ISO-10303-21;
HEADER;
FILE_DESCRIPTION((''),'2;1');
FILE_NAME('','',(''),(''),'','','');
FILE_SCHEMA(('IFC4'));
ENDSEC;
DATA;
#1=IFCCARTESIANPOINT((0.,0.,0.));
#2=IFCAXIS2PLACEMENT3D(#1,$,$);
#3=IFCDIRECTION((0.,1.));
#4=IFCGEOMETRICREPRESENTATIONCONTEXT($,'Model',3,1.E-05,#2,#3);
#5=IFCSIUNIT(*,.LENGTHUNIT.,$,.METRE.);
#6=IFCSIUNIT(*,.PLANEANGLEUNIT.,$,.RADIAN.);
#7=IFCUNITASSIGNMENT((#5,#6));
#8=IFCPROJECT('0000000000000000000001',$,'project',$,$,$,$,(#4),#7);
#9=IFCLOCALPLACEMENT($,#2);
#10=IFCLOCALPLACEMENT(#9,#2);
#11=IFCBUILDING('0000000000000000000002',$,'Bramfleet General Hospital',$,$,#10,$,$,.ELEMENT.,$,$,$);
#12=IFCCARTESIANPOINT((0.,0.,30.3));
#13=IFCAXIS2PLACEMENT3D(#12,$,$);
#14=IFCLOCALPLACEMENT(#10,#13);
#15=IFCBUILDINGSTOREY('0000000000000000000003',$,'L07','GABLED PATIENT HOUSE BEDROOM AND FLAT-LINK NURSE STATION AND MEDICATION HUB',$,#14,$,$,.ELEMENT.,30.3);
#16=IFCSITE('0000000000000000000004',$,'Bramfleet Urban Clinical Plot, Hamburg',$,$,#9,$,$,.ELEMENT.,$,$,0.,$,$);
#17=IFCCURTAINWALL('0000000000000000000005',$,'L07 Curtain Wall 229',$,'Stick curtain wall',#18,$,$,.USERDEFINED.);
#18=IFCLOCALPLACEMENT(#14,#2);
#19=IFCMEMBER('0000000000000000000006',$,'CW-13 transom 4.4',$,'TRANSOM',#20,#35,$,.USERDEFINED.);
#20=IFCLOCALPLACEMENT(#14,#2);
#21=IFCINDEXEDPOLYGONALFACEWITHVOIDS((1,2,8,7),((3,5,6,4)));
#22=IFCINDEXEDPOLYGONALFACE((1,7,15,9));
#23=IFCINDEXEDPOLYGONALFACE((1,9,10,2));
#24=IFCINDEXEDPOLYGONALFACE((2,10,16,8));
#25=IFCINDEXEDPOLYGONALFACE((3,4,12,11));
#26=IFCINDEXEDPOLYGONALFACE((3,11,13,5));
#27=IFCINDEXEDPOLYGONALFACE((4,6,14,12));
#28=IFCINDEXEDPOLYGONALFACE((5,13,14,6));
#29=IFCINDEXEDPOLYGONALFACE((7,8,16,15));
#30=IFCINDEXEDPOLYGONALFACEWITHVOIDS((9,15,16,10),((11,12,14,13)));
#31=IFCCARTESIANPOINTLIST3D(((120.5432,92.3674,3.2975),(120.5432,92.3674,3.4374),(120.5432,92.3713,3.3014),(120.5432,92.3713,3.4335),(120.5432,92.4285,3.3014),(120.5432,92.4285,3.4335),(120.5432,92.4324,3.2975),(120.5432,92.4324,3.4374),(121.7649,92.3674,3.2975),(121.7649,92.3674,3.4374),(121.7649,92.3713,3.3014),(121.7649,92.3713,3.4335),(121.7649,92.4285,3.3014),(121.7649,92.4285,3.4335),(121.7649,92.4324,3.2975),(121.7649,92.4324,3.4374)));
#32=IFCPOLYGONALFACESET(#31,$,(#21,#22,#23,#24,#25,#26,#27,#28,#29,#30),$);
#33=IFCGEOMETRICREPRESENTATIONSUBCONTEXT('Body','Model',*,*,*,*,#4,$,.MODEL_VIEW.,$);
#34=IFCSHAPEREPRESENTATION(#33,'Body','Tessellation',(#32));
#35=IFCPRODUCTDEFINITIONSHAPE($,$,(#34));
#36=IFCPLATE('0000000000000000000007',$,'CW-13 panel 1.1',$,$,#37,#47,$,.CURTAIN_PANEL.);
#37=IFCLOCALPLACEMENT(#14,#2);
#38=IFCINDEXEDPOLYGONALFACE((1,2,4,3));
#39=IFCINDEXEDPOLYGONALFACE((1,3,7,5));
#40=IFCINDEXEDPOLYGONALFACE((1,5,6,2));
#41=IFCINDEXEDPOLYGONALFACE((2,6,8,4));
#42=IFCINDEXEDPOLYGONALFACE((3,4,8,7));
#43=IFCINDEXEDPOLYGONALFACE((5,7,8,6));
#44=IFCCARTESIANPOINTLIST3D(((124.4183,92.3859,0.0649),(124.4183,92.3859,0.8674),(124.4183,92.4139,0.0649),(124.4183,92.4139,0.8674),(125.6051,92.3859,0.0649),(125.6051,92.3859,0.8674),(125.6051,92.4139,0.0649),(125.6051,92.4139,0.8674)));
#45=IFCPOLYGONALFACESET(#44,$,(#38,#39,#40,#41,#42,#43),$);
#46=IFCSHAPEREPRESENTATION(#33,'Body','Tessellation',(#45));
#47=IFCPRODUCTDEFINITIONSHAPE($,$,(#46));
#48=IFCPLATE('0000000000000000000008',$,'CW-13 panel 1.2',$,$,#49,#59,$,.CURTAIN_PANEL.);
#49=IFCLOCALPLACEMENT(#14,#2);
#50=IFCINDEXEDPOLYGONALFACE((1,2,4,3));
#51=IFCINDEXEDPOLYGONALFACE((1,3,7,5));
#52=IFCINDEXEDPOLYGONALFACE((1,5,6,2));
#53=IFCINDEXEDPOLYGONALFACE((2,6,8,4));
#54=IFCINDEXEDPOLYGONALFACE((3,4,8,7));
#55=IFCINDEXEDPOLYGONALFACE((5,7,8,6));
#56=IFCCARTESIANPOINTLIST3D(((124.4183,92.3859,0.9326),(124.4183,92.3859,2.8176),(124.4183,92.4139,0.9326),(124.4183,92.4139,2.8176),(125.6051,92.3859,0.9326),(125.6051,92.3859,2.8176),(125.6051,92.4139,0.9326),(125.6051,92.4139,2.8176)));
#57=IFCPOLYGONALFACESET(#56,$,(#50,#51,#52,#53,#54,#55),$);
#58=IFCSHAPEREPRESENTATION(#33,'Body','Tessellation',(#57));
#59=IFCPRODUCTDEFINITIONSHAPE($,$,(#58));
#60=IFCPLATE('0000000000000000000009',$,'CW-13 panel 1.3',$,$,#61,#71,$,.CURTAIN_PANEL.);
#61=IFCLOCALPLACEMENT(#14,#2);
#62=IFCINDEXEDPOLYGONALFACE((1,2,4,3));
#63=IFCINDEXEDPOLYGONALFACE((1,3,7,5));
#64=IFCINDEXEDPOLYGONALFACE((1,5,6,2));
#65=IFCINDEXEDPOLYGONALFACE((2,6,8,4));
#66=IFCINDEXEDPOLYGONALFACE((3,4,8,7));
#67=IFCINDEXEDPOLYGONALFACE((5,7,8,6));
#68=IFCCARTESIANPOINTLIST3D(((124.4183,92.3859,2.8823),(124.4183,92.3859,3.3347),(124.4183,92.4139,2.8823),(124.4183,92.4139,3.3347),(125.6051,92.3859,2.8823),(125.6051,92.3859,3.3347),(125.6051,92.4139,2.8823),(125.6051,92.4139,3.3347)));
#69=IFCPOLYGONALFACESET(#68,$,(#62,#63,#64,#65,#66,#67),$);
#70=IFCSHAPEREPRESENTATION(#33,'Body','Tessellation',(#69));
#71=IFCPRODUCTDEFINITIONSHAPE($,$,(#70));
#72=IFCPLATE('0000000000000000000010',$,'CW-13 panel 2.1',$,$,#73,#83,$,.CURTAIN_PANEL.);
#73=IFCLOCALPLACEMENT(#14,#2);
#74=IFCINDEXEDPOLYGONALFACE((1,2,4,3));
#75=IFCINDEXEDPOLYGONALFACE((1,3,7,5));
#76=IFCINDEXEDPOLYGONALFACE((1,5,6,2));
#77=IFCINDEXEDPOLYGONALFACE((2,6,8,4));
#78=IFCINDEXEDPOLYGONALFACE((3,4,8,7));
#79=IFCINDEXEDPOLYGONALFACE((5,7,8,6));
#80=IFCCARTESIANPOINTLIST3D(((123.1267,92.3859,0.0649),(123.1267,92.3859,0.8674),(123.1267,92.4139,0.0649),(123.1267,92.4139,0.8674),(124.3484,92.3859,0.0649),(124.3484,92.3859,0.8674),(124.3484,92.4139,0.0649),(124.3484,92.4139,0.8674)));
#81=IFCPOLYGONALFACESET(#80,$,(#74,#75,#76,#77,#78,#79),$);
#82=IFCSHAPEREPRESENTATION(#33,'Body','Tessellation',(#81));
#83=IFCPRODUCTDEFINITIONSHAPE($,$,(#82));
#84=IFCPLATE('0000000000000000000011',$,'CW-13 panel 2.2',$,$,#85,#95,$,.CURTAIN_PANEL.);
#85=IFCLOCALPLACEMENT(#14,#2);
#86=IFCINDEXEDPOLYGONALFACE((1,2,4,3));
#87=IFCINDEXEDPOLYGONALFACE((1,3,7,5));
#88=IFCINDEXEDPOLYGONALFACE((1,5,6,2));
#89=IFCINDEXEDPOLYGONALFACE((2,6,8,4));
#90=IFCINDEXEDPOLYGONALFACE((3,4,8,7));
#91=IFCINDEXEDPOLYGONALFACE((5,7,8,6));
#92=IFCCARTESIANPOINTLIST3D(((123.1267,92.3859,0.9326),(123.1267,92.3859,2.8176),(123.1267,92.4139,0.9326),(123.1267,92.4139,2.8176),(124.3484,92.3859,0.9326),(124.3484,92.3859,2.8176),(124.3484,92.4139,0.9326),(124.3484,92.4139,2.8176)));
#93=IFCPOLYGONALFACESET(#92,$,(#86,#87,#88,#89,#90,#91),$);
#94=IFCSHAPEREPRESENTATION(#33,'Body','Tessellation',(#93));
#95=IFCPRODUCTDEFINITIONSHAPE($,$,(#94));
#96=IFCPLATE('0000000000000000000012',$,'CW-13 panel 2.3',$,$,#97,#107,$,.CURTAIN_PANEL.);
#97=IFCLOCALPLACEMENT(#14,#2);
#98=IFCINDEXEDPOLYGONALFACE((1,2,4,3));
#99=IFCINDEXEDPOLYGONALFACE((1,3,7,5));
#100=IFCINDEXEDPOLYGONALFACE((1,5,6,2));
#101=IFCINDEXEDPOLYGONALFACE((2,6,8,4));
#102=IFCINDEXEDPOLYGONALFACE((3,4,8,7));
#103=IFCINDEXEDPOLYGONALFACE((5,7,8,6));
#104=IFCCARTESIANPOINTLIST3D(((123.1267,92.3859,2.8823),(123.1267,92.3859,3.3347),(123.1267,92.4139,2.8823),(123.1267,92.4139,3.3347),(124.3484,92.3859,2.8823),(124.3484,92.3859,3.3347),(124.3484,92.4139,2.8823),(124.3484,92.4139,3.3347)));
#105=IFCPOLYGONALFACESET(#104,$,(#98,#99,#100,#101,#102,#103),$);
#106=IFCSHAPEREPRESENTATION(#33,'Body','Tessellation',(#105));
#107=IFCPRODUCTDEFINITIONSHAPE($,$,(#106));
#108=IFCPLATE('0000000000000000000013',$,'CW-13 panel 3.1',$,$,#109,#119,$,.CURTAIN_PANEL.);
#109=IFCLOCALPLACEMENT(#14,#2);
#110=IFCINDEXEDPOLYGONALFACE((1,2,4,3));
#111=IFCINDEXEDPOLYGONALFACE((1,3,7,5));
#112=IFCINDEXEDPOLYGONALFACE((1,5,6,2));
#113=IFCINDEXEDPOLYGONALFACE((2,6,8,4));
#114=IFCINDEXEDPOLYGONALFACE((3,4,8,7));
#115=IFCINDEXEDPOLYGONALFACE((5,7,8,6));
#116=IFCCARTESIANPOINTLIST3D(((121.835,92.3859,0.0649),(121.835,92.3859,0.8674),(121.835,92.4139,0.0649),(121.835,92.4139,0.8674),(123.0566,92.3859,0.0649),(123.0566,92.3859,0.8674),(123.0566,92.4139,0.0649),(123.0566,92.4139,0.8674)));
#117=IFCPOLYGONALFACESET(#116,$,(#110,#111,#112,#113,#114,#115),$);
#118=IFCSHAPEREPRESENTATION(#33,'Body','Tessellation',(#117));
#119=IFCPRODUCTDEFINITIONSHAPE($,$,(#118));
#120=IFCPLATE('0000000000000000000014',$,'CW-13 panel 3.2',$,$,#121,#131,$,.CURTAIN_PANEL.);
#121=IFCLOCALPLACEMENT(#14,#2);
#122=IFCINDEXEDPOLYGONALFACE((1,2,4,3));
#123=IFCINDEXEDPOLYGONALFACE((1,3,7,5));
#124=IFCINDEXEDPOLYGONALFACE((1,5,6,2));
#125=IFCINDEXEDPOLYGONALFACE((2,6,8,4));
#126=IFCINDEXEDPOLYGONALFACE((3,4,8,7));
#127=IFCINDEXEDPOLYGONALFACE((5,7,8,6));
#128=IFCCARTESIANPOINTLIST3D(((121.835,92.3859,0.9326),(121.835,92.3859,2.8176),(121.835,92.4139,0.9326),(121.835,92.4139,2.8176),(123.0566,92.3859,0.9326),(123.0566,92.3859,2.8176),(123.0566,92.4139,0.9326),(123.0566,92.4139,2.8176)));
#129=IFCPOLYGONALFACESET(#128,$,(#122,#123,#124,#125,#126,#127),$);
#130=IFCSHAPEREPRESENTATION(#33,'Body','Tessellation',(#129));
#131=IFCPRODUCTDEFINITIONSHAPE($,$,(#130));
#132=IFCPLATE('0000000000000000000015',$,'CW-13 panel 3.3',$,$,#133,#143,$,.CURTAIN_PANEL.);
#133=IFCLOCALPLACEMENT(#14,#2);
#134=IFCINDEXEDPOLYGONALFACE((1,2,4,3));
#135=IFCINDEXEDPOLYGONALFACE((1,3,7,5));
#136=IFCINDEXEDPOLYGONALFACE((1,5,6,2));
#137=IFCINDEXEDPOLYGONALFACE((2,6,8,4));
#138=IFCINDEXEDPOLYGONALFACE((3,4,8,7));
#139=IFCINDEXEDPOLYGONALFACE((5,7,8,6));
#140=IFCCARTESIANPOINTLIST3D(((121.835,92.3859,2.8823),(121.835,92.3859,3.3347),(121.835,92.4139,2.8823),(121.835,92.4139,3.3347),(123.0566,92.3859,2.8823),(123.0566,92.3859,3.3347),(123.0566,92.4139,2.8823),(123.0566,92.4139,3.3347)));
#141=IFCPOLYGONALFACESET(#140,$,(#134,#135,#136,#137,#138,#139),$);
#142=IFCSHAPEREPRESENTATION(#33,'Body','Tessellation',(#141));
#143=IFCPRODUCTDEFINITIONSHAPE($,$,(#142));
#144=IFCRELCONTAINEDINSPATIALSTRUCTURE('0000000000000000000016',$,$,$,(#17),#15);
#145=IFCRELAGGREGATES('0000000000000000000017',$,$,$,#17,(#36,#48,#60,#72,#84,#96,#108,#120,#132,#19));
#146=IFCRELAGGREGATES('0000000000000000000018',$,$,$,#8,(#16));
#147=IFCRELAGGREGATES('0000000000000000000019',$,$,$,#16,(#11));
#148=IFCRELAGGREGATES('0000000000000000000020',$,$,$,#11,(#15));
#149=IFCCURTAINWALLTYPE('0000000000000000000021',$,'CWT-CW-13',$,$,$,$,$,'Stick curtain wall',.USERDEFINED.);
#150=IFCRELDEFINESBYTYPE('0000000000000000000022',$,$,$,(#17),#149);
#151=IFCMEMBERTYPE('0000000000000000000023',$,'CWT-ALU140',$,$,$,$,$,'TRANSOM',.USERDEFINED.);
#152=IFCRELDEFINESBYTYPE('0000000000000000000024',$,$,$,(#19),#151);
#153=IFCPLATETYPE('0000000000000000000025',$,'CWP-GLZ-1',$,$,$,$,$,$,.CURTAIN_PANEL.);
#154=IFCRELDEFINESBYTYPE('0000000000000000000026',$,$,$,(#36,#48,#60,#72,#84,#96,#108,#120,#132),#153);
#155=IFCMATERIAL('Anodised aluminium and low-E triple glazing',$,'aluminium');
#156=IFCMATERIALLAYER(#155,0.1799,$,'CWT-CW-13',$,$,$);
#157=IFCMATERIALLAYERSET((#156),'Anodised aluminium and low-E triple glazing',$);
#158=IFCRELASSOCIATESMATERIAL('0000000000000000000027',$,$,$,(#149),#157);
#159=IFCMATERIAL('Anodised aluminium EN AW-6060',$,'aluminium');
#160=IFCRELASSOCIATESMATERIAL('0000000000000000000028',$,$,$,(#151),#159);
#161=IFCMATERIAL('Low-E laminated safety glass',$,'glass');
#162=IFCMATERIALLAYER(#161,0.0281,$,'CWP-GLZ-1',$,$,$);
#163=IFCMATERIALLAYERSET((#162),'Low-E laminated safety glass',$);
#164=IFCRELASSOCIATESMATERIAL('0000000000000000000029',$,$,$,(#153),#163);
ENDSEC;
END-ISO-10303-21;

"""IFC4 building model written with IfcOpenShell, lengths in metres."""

from ifc_helpers import new_model, si_unit, direction, frame, origin, origin_2d, place, context, subcontext, project, spatial, rectangle, hollow_rectangle, extrude, material, layer, layer_set, material_profile, profile_set, type_object, element, aggregate, save


model = new_model("IFC4")

# Units and contexts
model_context = context("Model", 3, precision=1e-05, world=origin(), true_north=direction((0.0, 1.0)))
body_context = subcontext(model_context, "Body", "Model", "MODEL_VIEW")
ifc_project = project(units=[si_unit("LENGTHUNIT", "METRE"), si_unit("PLANEANGLEUNIT", "RADIAN")], contexts=[model_context])

# Site, building, storey
site_placement = place(None, origin())
site = spatial("IfcSite", under=ifc_project, at=site_placement, Name="Bramfleet Urban Clinical Plot, Hamburg", CompositionType="ELEMENT", RefElevation=0.0)
building_placement = place(site_placement, origin())
building = spatial("IfcBuilding", under=site, at=building_placement, Name="Bramfleet General Hospital", CompositionType="ELEMENT")
storey_placement = place(building_placement, frame((0.0, 0.0, 30.3)))
storey = spatial("IfcBuildingStorey", under=building, at=storey_placement, Name="L07", Description="GABLED PATIENT HOUSE BEDROOM AND FLAT-LINK NURSE STATION AND MEDICATION HUB", CompositionType="ELEMENT", Elevation=30.3)

# Curtain wall, member, plates
ifc_material_1 = material(Name="Anodised aluminium and low-E triple glazing", Category="aluminium")
ifc_layer_1 = layer(ifc_material_1, 0.1799, Name="CWT-CW-13")
ifc_layer_set_1 = layer_set([ifc_layer_1], Name="Anodised aluminium and low-E triple glazing")
curtain_wall_type = type_object("IfcCurtainWallType", Name="CWT-CW-13", ElementType="Stick curtain wall", PredefinedType="USERDEFINED", material=ifc_layer_set_1)
curtain_wall_placement = place(storey_placement, origin())
curtain_wall = element("IfcCurtainWall", 1, at=curtain_wall_placement, inside=storey, type_object=curtain_wall_type, Name="L07 Curtain Wall 229", ObjectType="Stick curtain wall", PredefinedType="USERDEFINED")
ifc_material_2 = material(Name="Anodised aluminium EN AW-6060", Category="aluminium")
ifc_material_profile_1 = material_profile(ifc_material_2, hollow_rectangle(XDim=0.0649, YDim=0.1399, WallThickness=0.0039, at=origin_2d()), Name="ALU 140x65x4.0")
ifc_profile_set_1 = profile_set([ifc_material_profile_1], Name="Anodised aluminium EN AW-6060")
member_type_1 = type_object("IfcMemberType", Name="CWT-ALU140", ElementType="TRANSOM", PredefinedType="USERDEFINED", material=ifc_profile_set_1)
member_1_placement = place(storey_placement, frame((121.7649, 92.3999, 3.3674), z_axis=(-1.0, 0.0, 0.0), x_axis=(0.0, -1.0, 0.0)))
member_1 = element("IfcMember", 2, at=member_1_placement, type_object=member_type_1, Name="CW-13 transom 4.4", ObjectType="TRANSOM", PredefinedType="USERDEFINED", context=body_context, shape_type="SweptSolid", body=[
    extrude(hollow_rectangle(XDim=0.0649, YDim=0.1399, WallThickness=0.0039, at=origin_2d()), origin(), (0.0, 0.0, 1.0), 1.2217),
])
ifc_material_3 = material(Name="Low-E laminated safety glass", Category="glass")
ifc_layer_2 = layer(ifc_material_3, 0.0281, Name="CWP-GLZ-1")
ifc_layer_set_2 = layer_set([ifc_layer_2], Name="Low-E laminated safety glass")
plate_type = type_object("IfcPlateType", Name="CWP-GLZ-1", PredefinedType="CURTAIN_PANEL", material=ifc_layer_set_2)
plate_1_placement = place(storey_placement, frame((125.0117, 92.3999, 0.0649), z_axis=(0.0, 0.0, 1.0), x_axis=(-1.0, 0.0, 0.0)))
plate_1 = element("IfcPlate", 3, at=plate_1_placement, type_object=plate_type, Name="CW-13 panel 1.1", PredefinedType="CURTAIN_PANEL", context=body_context, shape_type="SweptSolid", body=[
    extrude(rectangle(XDim=1.1868, YDim=0.0281, at=origin_2d()), origin(), (0.0, 0.0, 1.0), 0.8025),
])
plate_2_placement = place(storey_placement, frame((125.0117, 92.3999, 0.9326), z_axis=(0.0, 0.0, 1.0), x_axis=(-1.0, 0.0, 0.0)))
plate_2 = element("IfcPlate", 4, at=plate_2_placement, type_object=plate_type, Name="CW-13 panel 1.2", PredefinedType="CURTAIN_PANEL", context=body_context, shape_type="SweptSolid", body=[
    extrude(rectangle(XDim=1.1868, YDim=0.0281, at=origin_2d()), origin(), (0.0, 0.0, 1.0), 1.885),
])
plate_3_placement = place(storey_placement, frame((125.0117, 92.3999, 2.8823), z_axis=(0.0, 0.0, 1.0), x_axis=(-1.0, 0.0, 0.0)))
plate_3 = element("IfcPlate", 5, at=plate_3_placement, type_object=plate_type, Name="CW-13 panel 1.3", PredefinedType="CURTAIN_PANEL", context=body_context, shape_type="SweptSolid", body=[
    extrude(rectangle(XDim=1.1868, YDim=0.0281, at=origin_2d()), origin(), (0.0, 0.0, 1.0), 0.4524),
])
plate_4_placement = place(storey_placement, frame((123.7375, 92.3999, 0.0649), z_axis=(0.0, 0.0, 1.0), x_axis=(-1.0, 0.0, 0.0)))
plate_4 = element("IfcPlate", 6, at=plate_4_placement, type_object=plate_type, Name="CW-13 panel 2.1", PredefinedType="CURTAIN_PANEL", context=body_context, shape_type="SweptSolid", body=[
    extrude(rectangle(XDim=1.2217, YDim=0.0281, at=origin_2d()), origin(), (0.0, 0.0, 1.0), 0.8025),
])
plate_5_placement = place(storey_placement, frame((123.7375, 92.3999, 0.9326), z_axis=(0.0, 0.0, 1.0), x_axis=(-1.0, 0.0, 0.0)))
plate_5 = element("IfcPlate", 7, at=plate_5_placement, type_object=plate_type, Name="CW-13 panel 2.2", PredefinedType="CURTAIN_PANEL", context=body_context, shape_type="SweptSolid", body=[
    extrude(rectangle(XDim=1.2217, YDim=0.0281, at=origin_2d()), origin(), (0.0, 0.0, 1.0), 1.885),
])
plate_6_placement = place(storey_placement, frame((123.7375, 92.3999, 2.8823), z_axis=(0.0, 0.0, 1.0), x_axis=(-1.0, 0.0, 0.0)))
plate_6 = element("IfcPlate", 8, at=plate_6_placement, type_object=plate_type, Name="CW-13 panel 2.3", PredefinedType="CURTAIN_PANEL", context=body_context, shape_type="SweptSolid", body=[
    extrude(rectangle(XDim=1.2217, YDim=0.0281, at=origin_2d()), origin(), (0.0, 0.0, 1.0), 0.4524),
])
plate_7_placement = place(storey_placement, frame((122.4458, 92.3999, 0.0649), z_axis=(0.0, 0.0, 1.0), x_axis=(-1.0, 0.0, 0.0)))
plate_7 = element("IfcPlate", 9, at=plate_7_placement, type_object=plate_type, Name="CW-13 panel 3.1", PredefinedType="CURTAIN_PANEL", context=body_context, shape_type="SweptSolid", body=[
    extrude(rectangle(XDim=1.2217, YDim=0.0281, at=origin_2d()), origin(), (0.0, 0.0, 1.0), 0.8025),
])
plate_8_placement = place(storey_placement, frame((122.4458, 92.3999, 0.9326), z_axis=(0.0, 0.0, 1.0), x_axis=(-1.0, 0.0, 0.0)))
plate_8 = element("IfcPlate", 10, at=plate_8_placement, type_object=plate_type, Name="CW-13 panel 3.2", PredefinedType="CURTAIN_PANEL", context=body_context, shape_type="SweptSolid", body=[
    extrude(rectangle(XDim=1.2217, YDim=0.0281, at=origin_2d()), origin(), (0.0, 0.0, 1.0), 1.885),
])
plate_9_placement = place(storey_placement, frame((122.4458, 92.3999, 2.8823), z_axis=(0.0, 0.0, 1.0), x_axis=(-1.0, 0.0, 0.0)))
plate_9 = element("IfcPlate", 11, at=plate_9_placement, type_object=plate_type, Name="CW-13 panel 3.3", PredefinedType="CURTAIN_PANEL", context=body_context, shape_type="SweptSolid", body=[
    extrude(rectangle(XDim=1.2217, YDim=0.0281, at=origin_2d()), origin(), (0.0, 0.0, 1.0), 0.4524),
])
aggregate(curtain_wall, [plate_1, plate_2, plate_3, plate_4, plate_5, plate_6, plate_7, plate_8, plate_9, member_1])

save(model, "model.ifc")
